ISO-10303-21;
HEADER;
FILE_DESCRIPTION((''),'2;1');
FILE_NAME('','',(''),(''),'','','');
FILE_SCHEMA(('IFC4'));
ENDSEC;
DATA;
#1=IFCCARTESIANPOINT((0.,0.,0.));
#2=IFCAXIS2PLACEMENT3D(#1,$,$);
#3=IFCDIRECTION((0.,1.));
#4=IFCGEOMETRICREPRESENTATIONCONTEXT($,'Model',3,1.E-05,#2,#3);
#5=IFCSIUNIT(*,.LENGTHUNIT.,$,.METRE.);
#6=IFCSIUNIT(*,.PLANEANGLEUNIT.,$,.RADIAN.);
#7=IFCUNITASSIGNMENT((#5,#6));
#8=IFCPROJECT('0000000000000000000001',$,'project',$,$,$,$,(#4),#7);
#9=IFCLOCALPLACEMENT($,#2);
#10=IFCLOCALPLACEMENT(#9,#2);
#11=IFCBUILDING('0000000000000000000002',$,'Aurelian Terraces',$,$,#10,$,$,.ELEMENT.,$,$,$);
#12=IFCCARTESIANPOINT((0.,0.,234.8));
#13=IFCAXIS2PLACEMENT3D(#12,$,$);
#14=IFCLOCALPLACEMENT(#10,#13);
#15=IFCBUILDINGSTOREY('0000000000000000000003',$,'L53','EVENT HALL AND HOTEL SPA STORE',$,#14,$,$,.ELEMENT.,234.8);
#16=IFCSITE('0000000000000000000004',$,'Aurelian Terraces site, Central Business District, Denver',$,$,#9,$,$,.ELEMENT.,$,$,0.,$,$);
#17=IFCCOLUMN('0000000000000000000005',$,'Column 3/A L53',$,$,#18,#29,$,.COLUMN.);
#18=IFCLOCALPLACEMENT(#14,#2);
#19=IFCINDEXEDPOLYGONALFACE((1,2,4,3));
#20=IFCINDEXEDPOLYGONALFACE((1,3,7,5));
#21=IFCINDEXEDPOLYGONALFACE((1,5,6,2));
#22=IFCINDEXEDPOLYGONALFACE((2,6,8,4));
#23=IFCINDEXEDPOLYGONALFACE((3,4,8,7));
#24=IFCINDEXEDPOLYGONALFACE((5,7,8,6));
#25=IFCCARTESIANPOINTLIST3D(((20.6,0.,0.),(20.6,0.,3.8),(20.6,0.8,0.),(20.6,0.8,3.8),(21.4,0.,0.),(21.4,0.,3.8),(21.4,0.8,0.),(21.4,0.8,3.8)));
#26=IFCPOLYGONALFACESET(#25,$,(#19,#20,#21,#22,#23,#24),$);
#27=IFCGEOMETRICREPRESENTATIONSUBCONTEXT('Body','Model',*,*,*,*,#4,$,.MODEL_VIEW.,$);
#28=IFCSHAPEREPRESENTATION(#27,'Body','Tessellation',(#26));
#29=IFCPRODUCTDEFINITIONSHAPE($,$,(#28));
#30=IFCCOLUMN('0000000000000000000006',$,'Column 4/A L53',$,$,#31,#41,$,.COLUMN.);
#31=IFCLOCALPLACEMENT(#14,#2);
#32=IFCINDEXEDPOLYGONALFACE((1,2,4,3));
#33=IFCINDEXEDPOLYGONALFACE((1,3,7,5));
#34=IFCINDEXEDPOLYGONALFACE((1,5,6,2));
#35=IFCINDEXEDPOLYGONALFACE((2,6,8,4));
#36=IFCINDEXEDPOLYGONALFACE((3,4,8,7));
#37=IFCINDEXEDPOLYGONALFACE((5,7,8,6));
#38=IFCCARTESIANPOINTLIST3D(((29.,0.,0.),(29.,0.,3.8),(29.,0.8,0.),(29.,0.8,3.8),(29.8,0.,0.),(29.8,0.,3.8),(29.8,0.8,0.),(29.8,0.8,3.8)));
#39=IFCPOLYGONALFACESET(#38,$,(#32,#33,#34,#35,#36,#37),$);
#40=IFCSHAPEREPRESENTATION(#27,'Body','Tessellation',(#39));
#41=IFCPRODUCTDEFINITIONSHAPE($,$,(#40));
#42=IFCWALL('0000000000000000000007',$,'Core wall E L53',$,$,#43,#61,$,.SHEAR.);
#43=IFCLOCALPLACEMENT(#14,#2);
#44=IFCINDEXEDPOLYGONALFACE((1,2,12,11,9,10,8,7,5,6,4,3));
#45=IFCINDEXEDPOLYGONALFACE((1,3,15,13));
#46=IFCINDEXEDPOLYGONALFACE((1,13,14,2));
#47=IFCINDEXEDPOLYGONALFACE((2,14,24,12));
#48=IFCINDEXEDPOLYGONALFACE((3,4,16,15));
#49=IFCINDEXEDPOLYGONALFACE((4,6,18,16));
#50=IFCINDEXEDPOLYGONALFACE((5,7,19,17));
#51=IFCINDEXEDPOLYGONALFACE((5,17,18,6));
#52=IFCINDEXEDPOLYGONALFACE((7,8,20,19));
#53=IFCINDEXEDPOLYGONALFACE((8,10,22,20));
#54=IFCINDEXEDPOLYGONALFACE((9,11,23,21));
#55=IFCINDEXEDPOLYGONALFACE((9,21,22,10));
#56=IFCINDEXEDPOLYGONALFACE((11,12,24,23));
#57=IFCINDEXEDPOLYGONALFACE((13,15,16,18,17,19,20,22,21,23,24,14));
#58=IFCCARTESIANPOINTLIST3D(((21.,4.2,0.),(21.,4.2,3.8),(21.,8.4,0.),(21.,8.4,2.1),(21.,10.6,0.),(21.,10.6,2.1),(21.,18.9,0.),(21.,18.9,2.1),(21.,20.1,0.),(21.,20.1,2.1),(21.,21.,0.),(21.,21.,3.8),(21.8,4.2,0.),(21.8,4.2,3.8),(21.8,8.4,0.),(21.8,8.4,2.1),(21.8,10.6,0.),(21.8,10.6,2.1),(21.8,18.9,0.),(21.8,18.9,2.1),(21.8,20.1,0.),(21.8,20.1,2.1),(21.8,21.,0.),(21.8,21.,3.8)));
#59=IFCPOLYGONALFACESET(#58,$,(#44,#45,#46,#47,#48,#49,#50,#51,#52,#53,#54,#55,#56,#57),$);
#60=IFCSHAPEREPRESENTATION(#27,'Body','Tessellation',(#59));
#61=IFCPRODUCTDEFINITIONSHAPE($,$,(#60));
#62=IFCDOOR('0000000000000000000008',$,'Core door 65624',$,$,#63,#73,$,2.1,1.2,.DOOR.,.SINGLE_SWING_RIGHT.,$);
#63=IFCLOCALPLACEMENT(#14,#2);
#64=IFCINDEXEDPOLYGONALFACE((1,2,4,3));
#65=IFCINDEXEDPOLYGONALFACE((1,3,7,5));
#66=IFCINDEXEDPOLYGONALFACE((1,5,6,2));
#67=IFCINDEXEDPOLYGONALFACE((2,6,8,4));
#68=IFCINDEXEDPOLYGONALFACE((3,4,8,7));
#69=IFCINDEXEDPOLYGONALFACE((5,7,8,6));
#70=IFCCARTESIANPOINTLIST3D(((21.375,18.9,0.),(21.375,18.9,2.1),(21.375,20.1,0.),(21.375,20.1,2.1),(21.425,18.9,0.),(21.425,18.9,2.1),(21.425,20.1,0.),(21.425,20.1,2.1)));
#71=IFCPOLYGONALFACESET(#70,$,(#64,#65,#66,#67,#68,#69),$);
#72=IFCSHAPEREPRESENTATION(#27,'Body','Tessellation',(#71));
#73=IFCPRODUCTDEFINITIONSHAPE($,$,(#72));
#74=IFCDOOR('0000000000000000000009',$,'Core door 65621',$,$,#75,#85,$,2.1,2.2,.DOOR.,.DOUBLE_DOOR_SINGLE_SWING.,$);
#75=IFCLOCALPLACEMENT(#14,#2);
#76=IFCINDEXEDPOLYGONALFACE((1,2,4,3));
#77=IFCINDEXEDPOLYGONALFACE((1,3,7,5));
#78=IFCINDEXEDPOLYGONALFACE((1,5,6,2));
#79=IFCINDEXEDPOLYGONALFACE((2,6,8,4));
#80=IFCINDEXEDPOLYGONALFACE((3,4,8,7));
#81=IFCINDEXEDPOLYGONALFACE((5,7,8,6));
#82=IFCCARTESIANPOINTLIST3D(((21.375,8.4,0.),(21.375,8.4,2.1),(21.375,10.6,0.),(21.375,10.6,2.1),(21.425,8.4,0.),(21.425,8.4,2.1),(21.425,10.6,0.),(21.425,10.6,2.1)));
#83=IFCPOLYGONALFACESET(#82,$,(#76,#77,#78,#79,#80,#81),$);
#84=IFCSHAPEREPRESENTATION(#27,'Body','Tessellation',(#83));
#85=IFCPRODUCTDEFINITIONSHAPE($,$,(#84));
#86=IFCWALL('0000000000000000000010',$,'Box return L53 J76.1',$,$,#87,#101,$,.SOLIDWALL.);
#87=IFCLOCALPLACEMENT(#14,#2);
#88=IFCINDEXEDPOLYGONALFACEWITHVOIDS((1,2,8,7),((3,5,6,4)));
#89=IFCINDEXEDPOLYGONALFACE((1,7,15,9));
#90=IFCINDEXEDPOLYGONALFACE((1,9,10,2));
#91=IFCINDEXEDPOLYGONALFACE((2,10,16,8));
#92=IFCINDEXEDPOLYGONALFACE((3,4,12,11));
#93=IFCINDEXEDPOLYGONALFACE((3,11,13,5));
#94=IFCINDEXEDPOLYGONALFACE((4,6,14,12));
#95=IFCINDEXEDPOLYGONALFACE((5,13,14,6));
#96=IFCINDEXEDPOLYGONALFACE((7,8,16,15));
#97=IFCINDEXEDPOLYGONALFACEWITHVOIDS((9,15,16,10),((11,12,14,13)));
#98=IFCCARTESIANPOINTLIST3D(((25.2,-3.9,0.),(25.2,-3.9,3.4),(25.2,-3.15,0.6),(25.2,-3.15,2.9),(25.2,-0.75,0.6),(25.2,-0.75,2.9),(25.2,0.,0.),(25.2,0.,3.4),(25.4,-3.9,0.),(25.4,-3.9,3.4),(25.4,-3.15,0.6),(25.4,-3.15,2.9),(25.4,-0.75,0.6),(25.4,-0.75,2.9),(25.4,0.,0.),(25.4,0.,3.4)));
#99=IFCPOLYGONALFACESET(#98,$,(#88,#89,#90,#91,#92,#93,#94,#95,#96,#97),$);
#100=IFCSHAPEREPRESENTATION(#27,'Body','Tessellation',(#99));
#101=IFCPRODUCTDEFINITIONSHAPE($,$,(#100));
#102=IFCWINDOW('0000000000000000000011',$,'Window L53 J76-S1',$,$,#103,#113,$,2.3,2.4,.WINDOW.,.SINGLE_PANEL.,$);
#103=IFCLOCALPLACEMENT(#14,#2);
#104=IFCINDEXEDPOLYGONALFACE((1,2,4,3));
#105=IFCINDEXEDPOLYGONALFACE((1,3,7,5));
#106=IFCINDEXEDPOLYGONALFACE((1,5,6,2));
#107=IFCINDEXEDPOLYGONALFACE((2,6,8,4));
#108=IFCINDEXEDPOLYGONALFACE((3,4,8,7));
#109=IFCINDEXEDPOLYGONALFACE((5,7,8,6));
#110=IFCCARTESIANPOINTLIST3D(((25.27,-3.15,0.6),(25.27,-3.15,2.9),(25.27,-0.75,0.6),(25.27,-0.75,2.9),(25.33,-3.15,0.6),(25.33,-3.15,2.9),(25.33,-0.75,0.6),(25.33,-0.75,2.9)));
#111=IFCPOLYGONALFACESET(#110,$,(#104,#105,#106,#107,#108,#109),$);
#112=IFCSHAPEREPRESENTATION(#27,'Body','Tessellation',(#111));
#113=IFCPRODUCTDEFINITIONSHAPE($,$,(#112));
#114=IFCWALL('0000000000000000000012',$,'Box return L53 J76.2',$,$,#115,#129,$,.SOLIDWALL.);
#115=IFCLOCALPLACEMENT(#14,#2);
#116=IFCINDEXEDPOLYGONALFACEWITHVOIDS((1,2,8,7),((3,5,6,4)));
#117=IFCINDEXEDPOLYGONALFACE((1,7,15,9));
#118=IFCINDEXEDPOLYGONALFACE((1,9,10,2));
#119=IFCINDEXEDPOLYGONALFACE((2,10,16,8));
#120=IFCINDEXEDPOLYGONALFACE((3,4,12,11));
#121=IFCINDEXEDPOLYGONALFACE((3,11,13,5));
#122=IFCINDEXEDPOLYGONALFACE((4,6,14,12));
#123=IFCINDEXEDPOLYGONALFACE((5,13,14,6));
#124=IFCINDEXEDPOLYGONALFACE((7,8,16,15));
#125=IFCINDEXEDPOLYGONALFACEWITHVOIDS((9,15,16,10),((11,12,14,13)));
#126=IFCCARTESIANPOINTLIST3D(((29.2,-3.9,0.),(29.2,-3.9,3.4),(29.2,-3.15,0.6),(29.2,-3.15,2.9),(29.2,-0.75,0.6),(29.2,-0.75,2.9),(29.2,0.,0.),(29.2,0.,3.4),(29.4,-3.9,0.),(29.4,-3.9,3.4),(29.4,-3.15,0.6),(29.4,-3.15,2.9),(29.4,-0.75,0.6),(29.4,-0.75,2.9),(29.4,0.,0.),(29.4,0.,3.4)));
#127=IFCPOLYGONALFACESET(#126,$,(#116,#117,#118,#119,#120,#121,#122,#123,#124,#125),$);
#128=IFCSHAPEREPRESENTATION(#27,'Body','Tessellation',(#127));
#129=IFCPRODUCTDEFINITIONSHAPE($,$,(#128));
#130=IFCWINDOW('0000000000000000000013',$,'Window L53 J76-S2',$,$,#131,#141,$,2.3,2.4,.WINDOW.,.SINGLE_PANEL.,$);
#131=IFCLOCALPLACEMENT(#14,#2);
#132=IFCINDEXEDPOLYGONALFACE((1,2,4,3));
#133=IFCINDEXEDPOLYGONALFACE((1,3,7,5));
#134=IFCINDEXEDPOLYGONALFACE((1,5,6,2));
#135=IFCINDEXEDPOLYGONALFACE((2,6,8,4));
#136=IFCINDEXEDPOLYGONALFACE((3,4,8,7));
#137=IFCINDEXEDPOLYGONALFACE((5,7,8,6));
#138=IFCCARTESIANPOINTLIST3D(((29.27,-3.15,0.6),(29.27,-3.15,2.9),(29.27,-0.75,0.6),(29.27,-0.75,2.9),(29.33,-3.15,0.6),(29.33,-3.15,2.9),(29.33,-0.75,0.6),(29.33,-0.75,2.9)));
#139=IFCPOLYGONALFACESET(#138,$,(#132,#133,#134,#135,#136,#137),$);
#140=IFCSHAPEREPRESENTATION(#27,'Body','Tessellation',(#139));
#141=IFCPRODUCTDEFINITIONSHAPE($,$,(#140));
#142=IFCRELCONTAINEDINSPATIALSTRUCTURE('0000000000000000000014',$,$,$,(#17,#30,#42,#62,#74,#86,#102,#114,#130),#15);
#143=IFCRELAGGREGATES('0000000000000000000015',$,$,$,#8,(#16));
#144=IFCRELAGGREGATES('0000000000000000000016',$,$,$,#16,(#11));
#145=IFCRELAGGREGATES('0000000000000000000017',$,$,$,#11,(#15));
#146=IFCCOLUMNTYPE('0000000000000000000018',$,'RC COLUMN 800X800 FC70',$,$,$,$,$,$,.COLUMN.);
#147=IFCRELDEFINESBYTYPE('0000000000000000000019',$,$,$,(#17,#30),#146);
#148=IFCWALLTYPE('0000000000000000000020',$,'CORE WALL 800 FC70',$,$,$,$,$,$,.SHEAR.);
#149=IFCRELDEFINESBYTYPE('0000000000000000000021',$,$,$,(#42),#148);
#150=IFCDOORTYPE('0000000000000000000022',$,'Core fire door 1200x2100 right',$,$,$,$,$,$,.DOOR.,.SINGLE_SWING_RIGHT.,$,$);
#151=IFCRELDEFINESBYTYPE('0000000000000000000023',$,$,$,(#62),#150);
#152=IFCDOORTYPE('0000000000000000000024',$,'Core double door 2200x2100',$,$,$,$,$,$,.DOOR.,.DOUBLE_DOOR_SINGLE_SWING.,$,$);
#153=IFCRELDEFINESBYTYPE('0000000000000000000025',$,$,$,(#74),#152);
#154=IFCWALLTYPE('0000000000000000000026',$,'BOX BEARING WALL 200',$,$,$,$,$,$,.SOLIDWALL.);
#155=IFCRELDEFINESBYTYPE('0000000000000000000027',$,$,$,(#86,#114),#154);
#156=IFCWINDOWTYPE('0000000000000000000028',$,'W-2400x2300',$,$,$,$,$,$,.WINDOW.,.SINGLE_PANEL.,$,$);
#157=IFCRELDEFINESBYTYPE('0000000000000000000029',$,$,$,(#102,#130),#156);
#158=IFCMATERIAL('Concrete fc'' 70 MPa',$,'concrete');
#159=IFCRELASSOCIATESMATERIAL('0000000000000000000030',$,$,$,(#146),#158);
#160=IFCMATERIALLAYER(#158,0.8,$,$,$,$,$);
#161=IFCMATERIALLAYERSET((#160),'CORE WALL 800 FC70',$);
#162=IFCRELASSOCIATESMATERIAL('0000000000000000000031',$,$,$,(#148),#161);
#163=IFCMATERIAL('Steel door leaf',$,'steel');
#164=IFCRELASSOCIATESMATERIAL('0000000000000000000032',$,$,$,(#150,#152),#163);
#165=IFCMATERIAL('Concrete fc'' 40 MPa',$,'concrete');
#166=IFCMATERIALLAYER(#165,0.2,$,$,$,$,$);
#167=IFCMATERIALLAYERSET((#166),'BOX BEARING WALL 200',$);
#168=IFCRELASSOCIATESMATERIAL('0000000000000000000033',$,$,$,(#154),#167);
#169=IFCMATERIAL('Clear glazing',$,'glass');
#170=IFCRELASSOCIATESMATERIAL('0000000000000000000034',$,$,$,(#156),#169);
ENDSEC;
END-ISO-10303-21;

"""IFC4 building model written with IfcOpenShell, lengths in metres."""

from ifc_helpers import new_model, si_unit, direction, frame, frame_2d, origin, origin_2d, place, context, subcontext, project, spatial, rectangle, extrude, source, transform, mapped, material, layer, layer_set, material_profile, profile_set, type_object, element, fill, save


model = new_model("IFC4")

# Units and contexts
model_context = context("Model", 3, precision=1e-05, world=origin(), true_north=direction((0.0, 1.0)))
body_context = subcontext(model_context, "Body", "Model", "MODEL_VIEW")
ifc_project = project(units=[si_unit("LENGTHUNIT", "METRE"), si_unit("PLANEANGLEUNIT", "RADIAN")], contexts=[model_context])

# Site, building, storey
site_placement = place(None, origin())
site = spatial("IfcSite", under=ifc_project, at=site_placement, Name="Aurelian Terraces site, Central Business District, Denver", CompositionType="ELEMENT", RefElevation=0.0)
building_placement = place(site_placement, origin())
building = spatial("IfcBuilding", under=site, at=building_placement, Name="Aurelian Terraces", CompositionType="ELEMENT")
storey_placement = place(building_placement, frame((0.0, 0.0, 234.8)))
storey = spatial("IfcBuildingStorey", under=building, at=storey_placement, Name="L53", Description="EVENT HALL AND HOTEL SPA STORE", CompositionType="ELEMENT", Elevation=234.8)

# Columns
ifc_material_1 = material(Name="Concrete fc' 70 MPa", Category="concrete")
ifc_material_profile = material_profile(ifc_material_1, rectangle(XDim=0.8, YDim=0.8, at=origin_2d()))
ifc_profile_set = profile_set([ifc_material_profile], Name="Concrete fc' 70 MPa")
column_type = type_object("IfcColumnType", Name="RC COLUMN 800X800 FC70", PredefinedType="COLUMN", material=ifc_profile_set)
shared_shape_1 = source(origin(), body_context, "Body", "SweptSolid", [
    extrude(rectangle(XDim=0.8, YDim=0.8, at=origin_2d()), origin(), (0.0, 0.0, 1.0), 3.8),
])
for number, where, z_axis, x_axis, name in (
    (1, (21.0, 0.4, 0.0), (0.0, 0.0, 1.0), (1.0, 0.0, 0.0), "Column 3/A L53"),
    (2, (29.4, 0.4, 0.0), (0.0, 0.0, 1.0), (1.0, 0.0, 0.0), "Column 4/A L53"),
):
    element("IfcColumn", number, at=place(storey_placement, frame(where, z_axis=z_axis, x_axis=x_axis)), inside=storey, type_object=column_type, Name=name, PredefinedType="COLUMN", context=body_context, shape_type="MappedRepresentation", body=[
        mapped(shared_shape_1, transform((0.0, 0.0, 0.0), scale=1.0)),
    ])

# Wall, openings, doors
ifc_layer_1 = layer(ifc_material_1, 0.8)
ifc_layer_set_1 = layer_set([ifc_layer_1], Name="CORE WALL 800 FC70")
wall_type_1 = type_object("IfcWallType", Name="CORE WALL 800 FC70", PredefinedType="SHEAR", material=ifc_layer_set_1)
shared_shape_2 = source(origin(), body_context, "Body", "SweptSolid", [
    extrude(rectangle(XDim=16.8, YDim=0.8, at=frame_2d((8.4, 0.0))), origin(), (0.0, 0.0, 1.0), 3.8),
])
wall_1_placement = place(storey_placement, frame((21.4, 4.2, 0.0), z_axis=(0.0, 0.0, 1.0), x_axis=(0.0, 1.0, 0.0)))
wall_1 = element("IfcWall", 3, at=wall_1_placement, inside=storey, type_object=wall_type_1, Name="Core wall E L53", PredefinedType="SHEAR", context=body_context, shape_type="MappedRepresentation", body=[
    mapped(shared_shape_2, transform((0.0, 0.0, 0.0), scale=1.0)),
])
shared_shape_3 = source(origin(), body_context, "Body", "SweptSolid", [
    extrude(rectangle(XDim=2.2, YDim=2.1, at=frame_2d((1.1, 1.05))), frame((0.0, 0.41, 0.0), z_axis=(0.0, -1.0, 0.0), x_axis=(1.0, 0.0, 0.0)), (0.0, 0.0, 1.0), 0.82),
])
opening_1_placement = place(wall_1_placement, frame((4.2, 0.0, 0.0)))
opening_1 = element("IfcOpeningElement", 4, at=opening_1_placement, cuts=wall_1, PredefinedType="OPENING", context=body_context, shape_type="MappedRepresentation", body=[
    mapped(shared_shape_3, transform((0.0, 0.0, 0.0), scale=1.0)),
])
shared_shape_4 = source(origin(), body_context, "Body", "SweptSolid", [
    extrude(rectangle(XDim=1.2, YDim=2.1, at=frame_2d((0.6, 1.05))), frame((0.0, 0.41, 0.0), z_axis=(0.0, -1.0, 0.0), x_axis=(1.0, 0.0, 0.0)), (0.0, 0.0, 1.0), 0.82),
])
opening_2_placement = place(wall_1_placement, frame((14.7, 0.0, 0.0)))
opening_2 = element("IfcOpeningElement", 5, at=opening_2_placement, cuts=wall_1, PredefinedType="OPENING", context=body_context, shape_type="MappedRepresentation", body=[
    mapped(shared_shape_4, transform((0.0, 0.0, 0.0), scale=1.0)),
])
ifc_material_2 = material(Name="Steel door leaf", Category="steel")
door_type_1 = type_object("IfcDoorType", Name="Core fire door 1200x2100 right", OperationType="SINGLE_SWING_RIGHT", PredefinedType="DOOR", material=ifc_material_2)
shared_shape_5 = source(origin(), body_context, "Body", "SweptSolid", [
    extrude(rectangle(XDim=1.2, YDim=2.1, at=frame_2d((0.6, 1.05))), frame((0.0, 0.025, 0.0), z_axis=(0.0, -1.0, 0.0), x_axis=(1.0, 0.0, 0.0)), (0.0, 0.0, 1.0), 0.05),
])
door_1_placement = place(opening_2_placement, origin())
door_1 = element("IfcDoor", 6, at=door_1_placement, inside=storey, type_object=door_type_1, Name="Core door 65624", OperationType="SINGLE_SWING_RIGHT", OverallHeight=2.1, OverallWidth=1.2, PredefinedType="DOOR", context=body_context, shape_type="MappedRepresentation", body=[
    mapped(shared_shape_5, transform((0.0, 0.0, 0.0), scale=1.0)),
])
fill(opening_2, door_1)
door_type_2 = type_object("IfcDoorType", Name="Core double door 2200x2100", OperationType="DOUBLE_DOOR_SINGLE_SWING", PredefinedType="DOOR", material=ifc_material_2)
shared_shape_6 = source(origin(), body_context, "Body", "SweptSolid", [
    extrude(rectangle(XDim=2.2, YDim=2.1, at=frame_2d((1.1, 1.05))), frame((0.0, 0.025, 0.0), z_axis=(0.0, -1.0, 0.0), x_axis=(1.0, 0.0, 0.0)), (0.0, 0.0, 1.0), 0.05),
])
door_2_placement = place(opening_1_placement, origin())
door_2 = element("IfcDoor", 7, at=door_2_placement, inside=storey, type_object=door_type_2, Name="Core door 65621", OperationType="DOUBLE_DOOR_SINGLE_SWING", OverallHeight=2.1, OverallWidth=2.2, PredefinedType="DOOR", context=body_context, shape_type="MappedRepresentation", body=[
    mapped(shared_shape_6, transform((0.0, 0.0, 0.0), scale=1.0)),
])
fill(opening_1, door_2)

# Walls, openings, windows
ifc_material_3 = material(Name="Concrete fc' 40 MPa", Category="concrete")
ifc_layer_2 = layer(ifc_material_3, 0.2)
ifc_layer_set_2 = layer_set([ifc_layer_2], Name="BOX BEARING WALL 200")
wall_type_2 = type_object("IfcWallType", Name="BOX BEARING WALL 200", PredefinedType="SOLIDWALL", material=ifc_layer_set_2)
shared_shape_7 = source(origin(), body_context, "Body", "SweptSolid", [
    extrude(rectangle(XDim=3.9, YDim=0.2, at=frame_2d((1.95, 0.0))), origin(), (0.0, 0.0, 1.0), 3.4),
])
wall_2_placement = place(storey_placement, frame((25.3, 0.0, 0.0), z_axis=(0.0, 0.0, 1.0), x_axis=(0.0, -1.0, 0.0)))
wall_2 = element("IfcWall", 8, at=wall_2_placement, inside=storey, type_object=wall_type_2, Name="Box return L53 J76.1", PredefinedType="SOLIDWALL", context=body_context, shape_type="MappedRepresentation", body=[
    mapped(shared_shape_7, transform((0.0, 0.0, 0.0), scale=1.0)),
])
shared_shape_8 = source(origin(), body_context, "Body", "SweptSolid", [
    extrude(rectangle(XDim=2.4, YDim=2.3, at=frame_2d((1.2, 1.15))), frame((0.0, 0.11, 0.0), z_axis=(0.0, -1.0, 0.0), x_axis=(1.0, 0.0, 0.0)), (0.0, 0.0, 1.0), 0.22),
])
opening_3_placement = place(wall_2_placement, frame((0.75, 0.0, 0.6)))
opening_3 = element("IfcOpeningElement", 9, at=opening_3_placement, cuts=wall_2, PredefinedType="OPENING", context=body_context, shape_type="MappedRepresentation", body=[
    mapped(shared_shape_8, transform((0.0, 0.0, 0.0), scale=1.0)),
])
ifc_material_4 = material(Name="Clear glazing", Category="glass")
window_type_1 = type_object("IfcWindowType", Name="W-2400x2300", PartitioningType="SINGLE_PANEL", PredefinedType="WINDOW", material=ifc_material_4)
shared_shape_9 = source(origin(), body_context, "Body", "SweptSolid", [
    extrude(rectangle(XDim=2.4, YDim=2.3, at=frame_2d((1.2, 1.15))), frame((0.0, 0.03, 0.0), z_axis=(0.0, -1.0, 0.0), x_axis=(1.0, 0.0, 0.0)), (0.0, 0.0, 1.0), 0.06),
])
window_1_placement = place(opening_3_placement, origin())
window_1 = element("IfcWindow", 10, at=window_1_placement, inside=storey, type_object=window_type_1, Name="Window L53 J76-S1", OverallHeight=2.3, OverallWidth=2.4, PartitioningType="SINGLE_PANEL", PredefinedType="WINDOW", context=body_context, shape_type="MappedRepresentation", body=[
    mapped(shared_shape_9, transform((0.0, 0.0, 0.0), scale=1.0)),
])
fill(opening_3, window_1)
wall_3_placement = place(storey_placement, frame((29.3, 0.0, 0.0), z_axis=(0.0, 0.0, 1.0), x_axis=(0.0, -1.0, 0.0)))
wall_3 = element("IfcWall", 11, at=wall_3_placement, inside=storey, type_object=wall_type_2, Name="Box return L53 J76.2", PredefinedType="SOLIDWALL", context=body_context, shape_type="MappedRepresentation", body=[
    mapped(shared_shape_7, transform((0.0, 0.0, 0.0), scale=1.0)),
])
opening_4_placement = place(wall_3_placement, frame((0.75, 0.0, 0.6)))
opening_4 = element("IfcOpeningElement", 12, at=opening_4_placement, cuts=wall_3, PredefinedType="OPENING", context=body_context, shape_type="MappedRepresentation", body=[
    mapped(shared_shape_8, transform((0.0, 0.0, 0.0), scale=1.0)),
])
window_2_placement = place(opening_4_placement, origin())
window_2 = element("IfcWindow", 13, at=window_2_placement, inside=storey, type_object=window_type_1, Name="Window L53 J76-S2", OverallHeight=2.3, OverallWidth=2.4, PartitioningType="SINGLE_PANEL", PredefinedType="WINDOW", context=body_context, shape_type="MappedRepresentation", body=[
    mapped(shared_shape_9, transform((0.0, 0.0, 0.0), scale=1.0)),
])
fill(opening_4, window_2)

save(model, "model.ifc")
